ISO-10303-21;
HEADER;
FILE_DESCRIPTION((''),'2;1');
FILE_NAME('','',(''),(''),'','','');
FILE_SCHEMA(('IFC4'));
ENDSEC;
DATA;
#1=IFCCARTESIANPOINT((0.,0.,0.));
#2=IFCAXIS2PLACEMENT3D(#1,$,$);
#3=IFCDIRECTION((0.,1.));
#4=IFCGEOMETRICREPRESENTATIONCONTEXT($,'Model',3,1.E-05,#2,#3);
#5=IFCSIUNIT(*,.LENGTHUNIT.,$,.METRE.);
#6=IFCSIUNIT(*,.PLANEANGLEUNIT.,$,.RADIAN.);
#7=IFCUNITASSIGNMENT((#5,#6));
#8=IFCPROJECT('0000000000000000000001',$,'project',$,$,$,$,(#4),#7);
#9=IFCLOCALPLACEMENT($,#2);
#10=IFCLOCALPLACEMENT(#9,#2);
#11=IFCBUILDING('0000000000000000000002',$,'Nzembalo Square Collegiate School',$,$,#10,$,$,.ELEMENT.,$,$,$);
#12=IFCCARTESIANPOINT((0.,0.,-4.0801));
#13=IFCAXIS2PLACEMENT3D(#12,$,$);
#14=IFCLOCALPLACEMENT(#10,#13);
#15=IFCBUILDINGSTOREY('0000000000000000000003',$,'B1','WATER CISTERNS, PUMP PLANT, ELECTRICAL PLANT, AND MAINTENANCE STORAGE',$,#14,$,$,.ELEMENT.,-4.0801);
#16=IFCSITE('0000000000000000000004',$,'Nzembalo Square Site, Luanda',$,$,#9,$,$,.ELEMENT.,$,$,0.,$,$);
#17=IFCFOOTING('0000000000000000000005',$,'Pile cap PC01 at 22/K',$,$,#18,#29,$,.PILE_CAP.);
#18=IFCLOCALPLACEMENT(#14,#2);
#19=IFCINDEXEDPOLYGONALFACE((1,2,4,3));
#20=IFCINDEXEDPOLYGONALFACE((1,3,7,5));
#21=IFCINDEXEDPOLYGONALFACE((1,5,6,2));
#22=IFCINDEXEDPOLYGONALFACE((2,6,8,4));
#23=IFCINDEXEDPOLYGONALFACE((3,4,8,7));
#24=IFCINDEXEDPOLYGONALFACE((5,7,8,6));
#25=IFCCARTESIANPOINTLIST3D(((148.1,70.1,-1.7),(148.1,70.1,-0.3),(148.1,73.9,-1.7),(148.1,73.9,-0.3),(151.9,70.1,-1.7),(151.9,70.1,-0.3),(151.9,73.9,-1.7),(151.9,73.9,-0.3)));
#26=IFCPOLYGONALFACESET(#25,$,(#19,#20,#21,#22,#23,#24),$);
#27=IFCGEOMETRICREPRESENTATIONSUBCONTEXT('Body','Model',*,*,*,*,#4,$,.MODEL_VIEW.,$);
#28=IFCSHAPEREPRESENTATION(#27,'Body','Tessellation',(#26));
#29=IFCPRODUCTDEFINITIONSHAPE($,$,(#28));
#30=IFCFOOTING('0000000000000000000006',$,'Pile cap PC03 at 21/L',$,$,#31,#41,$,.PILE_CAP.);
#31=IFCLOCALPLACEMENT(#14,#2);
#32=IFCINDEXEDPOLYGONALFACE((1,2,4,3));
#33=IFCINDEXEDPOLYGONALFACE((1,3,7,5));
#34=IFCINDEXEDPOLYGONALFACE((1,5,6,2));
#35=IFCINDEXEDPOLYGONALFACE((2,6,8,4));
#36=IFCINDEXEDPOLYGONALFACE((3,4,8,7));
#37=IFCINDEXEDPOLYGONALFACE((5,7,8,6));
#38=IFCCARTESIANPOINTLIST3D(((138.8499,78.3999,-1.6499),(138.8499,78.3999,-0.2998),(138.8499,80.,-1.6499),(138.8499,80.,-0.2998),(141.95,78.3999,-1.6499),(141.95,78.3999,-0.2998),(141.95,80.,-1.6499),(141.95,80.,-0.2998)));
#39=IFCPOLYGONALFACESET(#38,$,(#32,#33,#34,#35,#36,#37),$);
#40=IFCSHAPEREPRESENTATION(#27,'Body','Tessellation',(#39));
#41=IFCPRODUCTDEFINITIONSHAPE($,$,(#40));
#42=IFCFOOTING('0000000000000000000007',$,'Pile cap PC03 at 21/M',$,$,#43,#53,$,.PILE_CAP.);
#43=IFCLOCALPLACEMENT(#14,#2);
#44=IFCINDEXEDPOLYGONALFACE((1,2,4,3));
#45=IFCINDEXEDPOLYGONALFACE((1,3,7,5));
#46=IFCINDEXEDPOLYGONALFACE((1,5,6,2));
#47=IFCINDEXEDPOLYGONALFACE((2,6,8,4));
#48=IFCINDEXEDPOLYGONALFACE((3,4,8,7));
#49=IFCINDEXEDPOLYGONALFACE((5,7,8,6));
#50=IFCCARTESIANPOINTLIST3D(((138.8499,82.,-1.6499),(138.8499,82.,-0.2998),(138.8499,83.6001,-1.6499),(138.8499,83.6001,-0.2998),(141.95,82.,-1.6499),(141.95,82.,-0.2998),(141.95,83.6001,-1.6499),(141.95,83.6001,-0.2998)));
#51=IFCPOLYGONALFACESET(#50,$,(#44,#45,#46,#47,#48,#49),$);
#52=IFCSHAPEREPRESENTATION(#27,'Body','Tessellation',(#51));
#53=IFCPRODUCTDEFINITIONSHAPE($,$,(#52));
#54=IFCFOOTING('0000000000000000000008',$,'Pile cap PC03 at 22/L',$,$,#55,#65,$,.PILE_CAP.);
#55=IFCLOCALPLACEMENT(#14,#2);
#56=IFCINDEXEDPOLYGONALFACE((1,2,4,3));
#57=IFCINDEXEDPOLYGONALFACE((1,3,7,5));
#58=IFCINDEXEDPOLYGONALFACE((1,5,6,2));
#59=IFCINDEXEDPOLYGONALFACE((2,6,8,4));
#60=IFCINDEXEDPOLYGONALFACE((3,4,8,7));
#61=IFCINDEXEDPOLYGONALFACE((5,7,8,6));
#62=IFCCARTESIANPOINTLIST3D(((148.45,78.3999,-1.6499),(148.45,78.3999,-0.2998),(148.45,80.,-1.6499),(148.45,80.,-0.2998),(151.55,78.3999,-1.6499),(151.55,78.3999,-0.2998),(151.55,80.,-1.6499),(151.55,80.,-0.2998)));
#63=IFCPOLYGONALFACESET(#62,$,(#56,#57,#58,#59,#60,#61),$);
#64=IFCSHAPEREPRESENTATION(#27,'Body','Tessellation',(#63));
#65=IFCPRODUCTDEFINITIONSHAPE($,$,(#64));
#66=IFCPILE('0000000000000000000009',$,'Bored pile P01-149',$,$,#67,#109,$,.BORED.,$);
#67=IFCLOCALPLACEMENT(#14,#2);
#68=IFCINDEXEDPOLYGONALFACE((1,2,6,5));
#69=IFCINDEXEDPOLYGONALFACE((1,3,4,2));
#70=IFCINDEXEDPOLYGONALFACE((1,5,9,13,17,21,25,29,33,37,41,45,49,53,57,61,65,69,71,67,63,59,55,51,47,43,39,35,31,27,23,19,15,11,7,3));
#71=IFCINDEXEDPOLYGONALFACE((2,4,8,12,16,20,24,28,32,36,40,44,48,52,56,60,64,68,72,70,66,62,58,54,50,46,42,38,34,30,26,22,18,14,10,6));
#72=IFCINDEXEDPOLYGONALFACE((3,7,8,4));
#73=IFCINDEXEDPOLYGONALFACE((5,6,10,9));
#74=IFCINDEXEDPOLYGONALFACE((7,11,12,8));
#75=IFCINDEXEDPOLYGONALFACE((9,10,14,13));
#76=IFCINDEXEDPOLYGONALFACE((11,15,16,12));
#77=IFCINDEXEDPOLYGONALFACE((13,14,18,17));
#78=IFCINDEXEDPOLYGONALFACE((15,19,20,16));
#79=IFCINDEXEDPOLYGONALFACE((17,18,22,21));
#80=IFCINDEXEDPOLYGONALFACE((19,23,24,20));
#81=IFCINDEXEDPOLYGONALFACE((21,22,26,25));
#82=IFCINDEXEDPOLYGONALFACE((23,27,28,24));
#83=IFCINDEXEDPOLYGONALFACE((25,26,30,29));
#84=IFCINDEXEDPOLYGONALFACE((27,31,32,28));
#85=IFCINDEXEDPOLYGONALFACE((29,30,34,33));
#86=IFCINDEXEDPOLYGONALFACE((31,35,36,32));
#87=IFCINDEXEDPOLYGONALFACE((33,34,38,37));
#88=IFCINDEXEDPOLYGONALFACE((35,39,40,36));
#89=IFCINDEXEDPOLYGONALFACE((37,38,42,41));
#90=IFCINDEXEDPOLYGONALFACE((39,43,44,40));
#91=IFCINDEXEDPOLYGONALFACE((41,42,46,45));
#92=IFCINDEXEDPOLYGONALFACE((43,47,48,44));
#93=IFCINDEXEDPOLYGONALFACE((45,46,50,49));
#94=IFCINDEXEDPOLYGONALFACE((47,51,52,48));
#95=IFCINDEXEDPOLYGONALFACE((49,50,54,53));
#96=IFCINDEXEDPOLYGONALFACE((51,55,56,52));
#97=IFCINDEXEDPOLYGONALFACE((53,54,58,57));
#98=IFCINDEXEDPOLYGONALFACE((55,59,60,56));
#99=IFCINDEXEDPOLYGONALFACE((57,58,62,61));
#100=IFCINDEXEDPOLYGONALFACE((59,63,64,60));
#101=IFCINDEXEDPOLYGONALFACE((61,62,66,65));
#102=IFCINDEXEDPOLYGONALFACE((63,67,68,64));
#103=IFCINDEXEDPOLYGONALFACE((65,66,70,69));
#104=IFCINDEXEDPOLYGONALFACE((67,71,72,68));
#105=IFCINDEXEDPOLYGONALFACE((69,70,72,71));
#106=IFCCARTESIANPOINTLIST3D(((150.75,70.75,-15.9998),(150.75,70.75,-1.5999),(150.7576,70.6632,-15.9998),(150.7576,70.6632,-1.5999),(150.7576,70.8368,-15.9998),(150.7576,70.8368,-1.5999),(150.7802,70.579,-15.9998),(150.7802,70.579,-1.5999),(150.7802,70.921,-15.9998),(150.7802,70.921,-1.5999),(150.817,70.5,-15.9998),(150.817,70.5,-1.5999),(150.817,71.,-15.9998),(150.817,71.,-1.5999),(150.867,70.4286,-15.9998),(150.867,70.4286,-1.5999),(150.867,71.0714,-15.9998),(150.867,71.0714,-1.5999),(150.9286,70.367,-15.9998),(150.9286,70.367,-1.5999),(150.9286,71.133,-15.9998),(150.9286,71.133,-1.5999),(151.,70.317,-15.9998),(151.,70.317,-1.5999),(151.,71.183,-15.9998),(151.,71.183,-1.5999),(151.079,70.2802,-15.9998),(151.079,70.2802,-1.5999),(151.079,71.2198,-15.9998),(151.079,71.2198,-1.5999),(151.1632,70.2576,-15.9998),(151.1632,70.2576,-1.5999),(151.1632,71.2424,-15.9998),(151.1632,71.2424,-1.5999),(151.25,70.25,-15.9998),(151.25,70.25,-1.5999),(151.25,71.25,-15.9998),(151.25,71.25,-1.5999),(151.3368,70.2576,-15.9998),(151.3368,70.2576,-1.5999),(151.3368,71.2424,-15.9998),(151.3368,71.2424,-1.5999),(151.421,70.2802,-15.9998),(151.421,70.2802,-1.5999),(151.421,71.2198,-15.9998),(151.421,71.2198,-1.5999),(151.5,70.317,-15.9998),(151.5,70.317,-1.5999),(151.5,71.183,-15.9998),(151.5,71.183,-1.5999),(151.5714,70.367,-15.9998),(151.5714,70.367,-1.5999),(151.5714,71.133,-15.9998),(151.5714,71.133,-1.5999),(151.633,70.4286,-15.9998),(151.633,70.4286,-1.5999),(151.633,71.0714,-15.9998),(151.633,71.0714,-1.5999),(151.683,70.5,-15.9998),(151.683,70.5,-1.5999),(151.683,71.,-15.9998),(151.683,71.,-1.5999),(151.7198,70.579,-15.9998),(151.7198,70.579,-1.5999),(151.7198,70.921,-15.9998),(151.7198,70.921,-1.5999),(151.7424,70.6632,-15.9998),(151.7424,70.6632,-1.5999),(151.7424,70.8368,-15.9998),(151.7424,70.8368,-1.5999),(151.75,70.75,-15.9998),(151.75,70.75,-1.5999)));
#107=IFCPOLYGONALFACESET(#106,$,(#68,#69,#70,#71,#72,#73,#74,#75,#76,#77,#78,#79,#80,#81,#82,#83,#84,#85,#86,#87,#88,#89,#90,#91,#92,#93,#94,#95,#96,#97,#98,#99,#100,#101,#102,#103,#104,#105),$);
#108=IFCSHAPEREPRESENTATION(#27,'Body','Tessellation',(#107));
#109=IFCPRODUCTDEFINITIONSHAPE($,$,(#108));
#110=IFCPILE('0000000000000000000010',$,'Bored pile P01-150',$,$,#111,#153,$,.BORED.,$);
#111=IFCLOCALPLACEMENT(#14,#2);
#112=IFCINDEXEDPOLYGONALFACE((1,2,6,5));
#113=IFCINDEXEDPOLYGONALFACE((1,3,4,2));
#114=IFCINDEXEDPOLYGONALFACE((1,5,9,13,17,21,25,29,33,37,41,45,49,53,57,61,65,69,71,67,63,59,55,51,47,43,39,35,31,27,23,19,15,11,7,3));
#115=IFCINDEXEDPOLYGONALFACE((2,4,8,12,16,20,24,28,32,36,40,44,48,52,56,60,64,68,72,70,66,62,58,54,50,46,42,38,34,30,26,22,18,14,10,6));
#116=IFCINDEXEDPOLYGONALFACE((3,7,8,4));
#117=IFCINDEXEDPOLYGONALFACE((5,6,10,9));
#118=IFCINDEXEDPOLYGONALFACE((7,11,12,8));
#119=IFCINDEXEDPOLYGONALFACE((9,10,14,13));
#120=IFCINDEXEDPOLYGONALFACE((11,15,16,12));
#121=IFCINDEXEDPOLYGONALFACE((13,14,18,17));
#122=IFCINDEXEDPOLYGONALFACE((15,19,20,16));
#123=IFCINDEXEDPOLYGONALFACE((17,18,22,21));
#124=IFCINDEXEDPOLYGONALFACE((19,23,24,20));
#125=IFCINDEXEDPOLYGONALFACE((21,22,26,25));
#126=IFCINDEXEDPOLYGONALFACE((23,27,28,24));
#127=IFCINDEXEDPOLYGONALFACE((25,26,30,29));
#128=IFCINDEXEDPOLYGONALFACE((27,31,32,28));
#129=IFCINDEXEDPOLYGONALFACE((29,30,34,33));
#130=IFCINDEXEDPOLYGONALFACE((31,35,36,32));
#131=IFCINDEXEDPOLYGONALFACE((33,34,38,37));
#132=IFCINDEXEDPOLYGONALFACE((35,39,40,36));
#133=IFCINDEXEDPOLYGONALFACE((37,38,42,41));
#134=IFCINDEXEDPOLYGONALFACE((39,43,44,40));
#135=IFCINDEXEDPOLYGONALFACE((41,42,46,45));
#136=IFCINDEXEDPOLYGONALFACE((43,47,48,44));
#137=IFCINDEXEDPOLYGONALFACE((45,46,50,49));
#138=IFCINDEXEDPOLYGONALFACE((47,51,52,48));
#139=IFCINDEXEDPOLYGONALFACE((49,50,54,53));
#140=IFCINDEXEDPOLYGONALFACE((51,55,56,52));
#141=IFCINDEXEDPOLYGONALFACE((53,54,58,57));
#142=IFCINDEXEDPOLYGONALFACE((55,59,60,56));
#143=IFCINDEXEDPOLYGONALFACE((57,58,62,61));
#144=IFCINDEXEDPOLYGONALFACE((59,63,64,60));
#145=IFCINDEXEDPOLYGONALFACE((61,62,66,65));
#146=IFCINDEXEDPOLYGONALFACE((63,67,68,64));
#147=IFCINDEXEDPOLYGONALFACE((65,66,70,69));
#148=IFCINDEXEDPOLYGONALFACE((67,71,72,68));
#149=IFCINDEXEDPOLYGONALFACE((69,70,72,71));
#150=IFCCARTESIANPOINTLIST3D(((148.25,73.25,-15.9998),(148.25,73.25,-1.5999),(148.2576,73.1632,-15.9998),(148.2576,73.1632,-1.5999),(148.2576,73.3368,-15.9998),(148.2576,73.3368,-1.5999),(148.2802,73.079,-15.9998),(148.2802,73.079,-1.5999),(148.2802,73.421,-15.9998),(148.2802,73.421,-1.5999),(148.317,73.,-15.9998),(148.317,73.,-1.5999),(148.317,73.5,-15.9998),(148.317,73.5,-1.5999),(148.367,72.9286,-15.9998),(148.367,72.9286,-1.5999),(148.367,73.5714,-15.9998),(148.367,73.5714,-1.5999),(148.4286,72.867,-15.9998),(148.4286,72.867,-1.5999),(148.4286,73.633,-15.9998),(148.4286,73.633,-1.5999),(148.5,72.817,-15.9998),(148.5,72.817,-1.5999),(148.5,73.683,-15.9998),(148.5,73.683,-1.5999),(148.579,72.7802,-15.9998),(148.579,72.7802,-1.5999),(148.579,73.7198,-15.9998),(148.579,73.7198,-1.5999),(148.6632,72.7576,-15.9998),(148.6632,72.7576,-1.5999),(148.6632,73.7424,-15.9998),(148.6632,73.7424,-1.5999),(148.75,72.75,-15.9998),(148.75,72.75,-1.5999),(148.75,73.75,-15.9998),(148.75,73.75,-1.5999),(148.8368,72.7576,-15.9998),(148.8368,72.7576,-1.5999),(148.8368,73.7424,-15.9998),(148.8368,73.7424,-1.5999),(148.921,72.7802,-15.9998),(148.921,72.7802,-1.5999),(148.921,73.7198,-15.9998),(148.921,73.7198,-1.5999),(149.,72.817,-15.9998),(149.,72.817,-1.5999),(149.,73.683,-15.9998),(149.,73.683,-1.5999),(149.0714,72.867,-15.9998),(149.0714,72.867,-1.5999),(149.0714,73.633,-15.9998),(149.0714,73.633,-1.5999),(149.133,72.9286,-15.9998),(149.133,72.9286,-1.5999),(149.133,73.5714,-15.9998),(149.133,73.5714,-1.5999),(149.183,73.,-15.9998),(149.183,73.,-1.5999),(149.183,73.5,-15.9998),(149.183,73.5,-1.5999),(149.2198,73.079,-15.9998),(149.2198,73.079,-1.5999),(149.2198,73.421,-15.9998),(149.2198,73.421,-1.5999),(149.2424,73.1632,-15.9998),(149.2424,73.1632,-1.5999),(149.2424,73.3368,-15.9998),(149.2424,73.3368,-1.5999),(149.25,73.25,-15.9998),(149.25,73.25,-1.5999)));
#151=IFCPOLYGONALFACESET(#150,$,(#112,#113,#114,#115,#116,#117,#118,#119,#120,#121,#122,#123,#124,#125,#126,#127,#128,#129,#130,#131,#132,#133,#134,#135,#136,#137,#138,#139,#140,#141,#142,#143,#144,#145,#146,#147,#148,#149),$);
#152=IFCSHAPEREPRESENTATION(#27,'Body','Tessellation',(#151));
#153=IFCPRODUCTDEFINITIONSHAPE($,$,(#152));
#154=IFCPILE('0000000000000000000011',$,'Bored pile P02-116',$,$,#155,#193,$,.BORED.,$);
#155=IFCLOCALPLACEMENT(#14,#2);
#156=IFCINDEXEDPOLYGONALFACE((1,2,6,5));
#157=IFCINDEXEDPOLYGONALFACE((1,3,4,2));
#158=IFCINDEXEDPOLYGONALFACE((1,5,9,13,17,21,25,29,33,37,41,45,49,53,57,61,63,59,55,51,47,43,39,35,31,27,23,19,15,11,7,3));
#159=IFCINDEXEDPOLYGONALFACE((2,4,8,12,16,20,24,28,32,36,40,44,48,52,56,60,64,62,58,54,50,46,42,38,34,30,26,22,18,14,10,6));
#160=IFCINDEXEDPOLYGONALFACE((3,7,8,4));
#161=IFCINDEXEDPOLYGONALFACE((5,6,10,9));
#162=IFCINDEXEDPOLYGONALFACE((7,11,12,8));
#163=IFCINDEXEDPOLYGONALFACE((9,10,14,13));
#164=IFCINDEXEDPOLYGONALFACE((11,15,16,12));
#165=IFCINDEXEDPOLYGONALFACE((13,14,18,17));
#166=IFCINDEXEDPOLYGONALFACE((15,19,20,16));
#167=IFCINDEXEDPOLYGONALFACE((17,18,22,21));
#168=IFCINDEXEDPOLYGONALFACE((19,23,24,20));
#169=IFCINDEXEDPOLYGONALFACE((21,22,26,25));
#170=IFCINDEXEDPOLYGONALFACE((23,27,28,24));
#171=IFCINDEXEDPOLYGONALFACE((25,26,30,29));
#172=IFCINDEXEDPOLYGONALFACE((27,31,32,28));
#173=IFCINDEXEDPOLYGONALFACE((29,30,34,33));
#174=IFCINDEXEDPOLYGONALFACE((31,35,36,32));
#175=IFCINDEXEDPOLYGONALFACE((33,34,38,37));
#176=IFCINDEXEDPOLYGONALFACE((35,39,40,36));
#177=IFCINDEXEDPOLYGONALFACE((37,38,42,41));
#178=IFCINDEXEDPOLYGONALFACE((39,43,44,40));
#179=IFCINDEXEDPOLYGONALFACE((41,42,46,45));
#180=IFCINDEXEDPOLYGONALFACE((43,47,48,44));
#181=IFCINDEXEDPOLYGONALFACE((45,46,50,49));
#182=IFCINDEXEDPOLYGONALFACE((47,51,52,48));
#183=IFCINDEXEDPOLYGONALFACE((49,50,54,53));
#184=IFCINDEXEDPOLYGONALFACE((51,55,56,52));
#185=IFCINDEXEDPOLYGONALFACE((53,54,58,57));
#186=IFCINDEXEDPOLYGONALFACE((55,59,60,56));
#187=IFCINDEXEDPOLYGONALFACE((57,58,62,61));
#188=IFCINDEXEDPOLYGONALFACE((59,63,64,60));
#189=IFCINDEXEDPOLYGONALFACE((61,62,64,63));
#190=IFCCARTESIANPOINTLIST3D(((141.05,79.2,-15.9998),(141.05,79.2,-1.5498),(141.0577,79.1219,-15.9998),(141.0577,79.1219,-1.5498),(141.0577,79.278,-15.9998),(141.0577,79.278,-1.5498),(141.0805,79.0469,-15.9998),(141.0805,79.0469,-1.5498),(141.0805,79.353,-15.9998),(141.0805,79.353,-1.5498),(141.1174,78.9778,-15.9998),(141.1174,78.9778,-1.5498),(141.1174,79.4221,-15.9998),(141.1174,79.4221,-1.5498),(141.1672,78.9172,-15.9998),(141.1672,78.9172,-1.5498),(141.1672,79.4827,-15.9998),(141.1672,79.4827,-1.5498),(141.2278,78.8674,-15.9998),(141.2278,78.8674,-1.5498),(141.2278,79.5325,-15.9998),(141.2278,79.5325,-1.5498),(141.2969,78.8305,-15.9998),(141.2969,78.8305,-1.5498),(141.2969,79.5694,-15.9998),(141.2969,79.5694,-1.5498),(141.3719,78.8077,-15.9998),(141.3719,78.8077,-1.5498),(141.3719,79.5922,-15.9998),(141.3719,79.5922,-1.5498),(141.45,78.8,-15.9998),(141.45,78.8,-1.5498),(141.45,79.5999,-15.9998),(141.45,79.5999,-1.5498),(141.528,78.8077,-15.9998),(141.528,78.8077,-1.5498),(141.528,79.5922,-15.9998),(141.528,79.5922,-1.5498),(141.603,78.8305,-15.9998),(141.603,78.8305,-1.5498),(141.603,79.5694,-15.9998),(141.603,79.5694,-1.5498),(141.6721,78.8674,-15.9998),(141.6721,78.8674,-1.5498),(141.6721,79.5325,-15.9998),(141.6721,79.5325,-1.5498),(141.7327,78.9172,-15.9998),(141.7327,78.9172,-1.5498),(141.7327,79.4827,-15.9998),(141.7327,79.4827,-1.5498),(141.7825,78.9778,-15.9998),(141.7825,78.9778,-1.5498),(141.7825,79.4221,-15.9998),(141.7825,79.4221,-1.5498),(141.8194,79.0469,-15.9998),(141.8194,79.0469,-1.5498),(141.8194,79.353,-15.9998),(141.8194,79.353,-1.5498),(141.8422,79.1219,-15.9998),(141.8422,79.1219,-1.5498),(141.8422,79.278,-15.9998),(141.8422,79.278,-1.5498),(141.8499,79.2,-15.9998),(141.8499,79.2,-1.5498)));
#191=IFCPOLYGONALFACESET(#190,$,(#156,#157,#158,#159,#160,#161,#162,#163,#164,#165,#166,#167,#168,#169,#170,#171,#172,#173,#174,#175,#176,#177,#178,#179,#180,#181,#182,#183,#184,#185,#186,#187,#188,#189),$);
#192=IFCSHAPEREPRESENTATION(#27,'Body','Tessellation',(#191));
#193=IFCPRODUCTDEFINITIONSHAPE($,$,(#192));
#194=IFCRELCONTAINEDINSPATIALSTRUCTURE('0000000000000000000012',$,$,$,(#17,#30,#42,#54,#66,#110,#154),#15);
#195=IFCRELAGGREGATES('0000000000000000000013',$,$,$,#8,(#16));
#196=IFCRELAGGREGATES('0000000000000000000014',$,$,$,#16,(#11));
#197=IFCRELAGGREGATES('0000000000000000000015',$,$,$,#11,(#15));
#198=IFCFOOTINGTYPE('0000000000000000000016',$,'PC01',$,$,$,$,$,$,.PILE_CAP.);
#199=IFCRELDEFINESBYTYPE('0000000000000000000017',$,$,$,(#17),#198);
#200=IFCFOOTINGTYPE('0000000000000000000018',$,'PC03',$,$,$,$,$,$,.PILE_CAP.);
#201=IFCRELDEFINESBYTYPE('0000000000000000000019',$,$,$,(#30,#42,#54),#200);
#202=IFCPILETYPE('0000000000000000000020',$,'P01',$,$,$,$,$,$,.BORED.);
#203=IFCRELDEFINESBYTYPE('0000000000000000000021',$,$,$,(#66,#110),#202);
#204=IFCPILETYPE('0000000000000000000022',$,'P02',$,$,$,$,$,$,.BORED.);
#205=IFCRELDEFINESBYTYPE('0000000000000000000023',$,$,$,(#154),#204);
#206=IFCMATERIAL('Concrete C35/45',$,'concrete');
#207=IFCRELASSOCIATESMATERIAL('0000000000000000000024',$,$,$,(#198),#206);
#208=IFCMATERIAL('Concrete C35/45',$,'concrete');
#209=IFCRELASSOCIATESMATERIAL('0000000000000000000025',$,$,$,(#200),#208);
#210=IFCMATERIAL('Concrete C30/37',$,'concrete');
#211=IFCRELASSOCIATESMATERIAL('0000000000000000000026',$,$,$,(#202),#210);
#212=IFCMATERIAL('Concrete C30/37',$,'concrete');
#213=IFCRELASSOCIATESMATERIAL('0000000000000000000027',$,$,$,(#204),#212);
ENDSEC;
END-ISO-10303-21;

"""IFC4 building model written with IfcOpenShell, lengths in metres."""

from ifc_helpers import new_model, si_unit, direction, frame, origin, origin_2d, place, context, subcontext, project, spatial, rectangle, circle, extrude, material, material_profile, profile_set, type_object, element, save


model = new_model("IFC4")

# Units and contexts
model_context = context("Model", 3, precision=1e-05, world=origin(), true_north=direction((0.0, 1.0)))
body_context = subcontext(model_context, "Body", "Model", "MODEL_VIEW")
ifc_project = project(units=[si_unit("LENGTHUNIT", "METRE"), si_unit("PLANEANGLEUNIT", "RADIAN")], contexts=[model_context])

# Site, building, storey
site_placement = place(None, origin())
site = spatial("IfcSite", under=ifc_project, at=site_placement, Name="Nzembalo Square Site, Luanda", CompositionType="ELEMENT", RefElevation=0.0)
building_placement = place(site_placement, origin())
building = spatial("IfcBuilding", under=site, at=building_placement, Name="Nzembalo Square Collegiate School", CompositionType="ELEMENT")
storey_placement = place(building_placement, frame((0.0, 0.0, -4.0801)))
storey = spatial("IfcBuildingStorey", under=building, at=storey_placement, Name="B1", Description="WATER CISTERNS, PUMP PLANT, ELECTRICAL PLANT, AND MAINTENANCE STORAGE", CompositionType="ELEMENT", Elevation=-4.0801)

# Footings
ifc_material_1 = material(Name="Concrete C35/45", Category="concrete")
footing_type_1 = type_object("IfcFootingType", Name="PC01", PredefinedType="PILE_CAP", material=ifc_material_1)
footing_placement = place(storey_placement, frame((150.0, 72.0, -1.7), z_axis=(0.0, 0.0, 1.0), x_axis=(1.0, 0.0, 0.0)))
element("IfcFooting", 1, at=footing_placement, inside=storey, type_object=footing_type_1, Name="Pile cap PC01 at 22/K", PredefinedType="PILE_CAP", context=body_context, shape_type="SweptSolid", body=[
    extrude(rectangle(XDim=3.8, YDim=3.8, at=origin_2d()), origin(), (0.0, 0.0, 1.0), 1.3999),
])
ifc_material_2 = material(Name="Concrete C35/45", Category="concrete")
footing_type_2 = type_object("IfcFootingType", Name="PC03", PredefinedType="PILE_CAP", material=ifc_material_2)
for number, where, z_axis, x_axis, name in (
    (2, (140.3999, 79.2, -1.6499), (0.0, 0.0, 1.0), (1.0, 0.0, 0.0), "Pile cap PC03 at 21/L"),
    (3, (140.3999, 82.8, -1.6499), (0.0, 0.0, 1.0), (1.0, 0.0, 0.0), "Pile cap PC03 at 21/M"),
    (4, (150.0, 79.2, -1.6499), (0.0, 0.0, 1.0), (1.0, 0.0, 0.0), "Pile cap PC03 at 22/L"),
):
    element("IfcFooting", number, at=place(storey_placement, frame(where, z_axis=z_axis, x_axis=x_axis)), inside=storey, type_object=footing_type_2, Name=name, PredefinedType="PILE_CAP", context=body_context, shape_type="SweptSolid", body=[
        extrude(rectangle(XDim=3.1001, YDim=1.6001, at=origin_2d()), origin(), (0.0, 0.0, 1.0), 1.3501),
    ])

# Piles
ifc_material_3 = material(Name="Concrete C30/37", Category="concrete")
ifc_material_profile_1 = material_profile(ifc_material_3, circle(Radius=0.5, at=origin_2d()), Name="PILE D1000")
ifc_profile_set_1 = profile_set([ifc_material_profile_1], Name="Concrete C30/37")
pile_type_1 = type_object("IfcPileType", Name="P01", PredefinedType="BORED", material=ifc_profile_set_1)
for number, where, z_axis, x_axis, name in (
    (5, (151.25, 70.75, -1.5999), (0.0, 0.0, -1.0), (1.0, 0.0, 0.0), "Bored pile P01-149"),
    (6, (148.75, 73.25, -1.5999), (0.0, 0.0, -1.0), (1.0, 0.0, 0.0), "Bored pile P01-150"),
):
    element("IfcPile", number, at=place(storey_placement, frame(where, z_axis=z_axis, x_axis=x_axis)), inside=storey, type_object=pile_type_1, Name=name, PredefinedType="BORED", context=body_context, shape_type="SweptSolid", body=[
        extrude(circle(Radius=0.5, at=origin_2d()), origin(), (0.0, 0.0, 1.0), 14.3999),
    ])
ifc_material_4 = material(Name="Concrete C30/37", Category="concrete")
ifc_material_profile_2 = material_profile(ifc_material_4, circle(Radius=0.3999, at=origin_2d()), Name="PILE D800")
ifc_profile_set_2 = profile_set([ifc_material_profile_2], Name="Concrete C30/37")
pile_type_2 = type_object("IfcPileType", Name="P02", PredefinedType="BORED", material=ifc_profile_set_2)
for number, where, z_axis, x_axis, name in (
    (7, (141.45, 79.2, -1.5498), (0.0, 0.0, -1.0), (1.0, 0.0, 0.0), "Bored pile P02-116"),
):
    element("IfcPile", number, at=place(storey_placement, frame(where, z_axis=z_axis, x_axis=x_axis)), inside=storey, type_object=pile_type_2, Name=name, PredefinedType="BORED", context=body_context, shape_type="SweptSolid", body=[
        extrude(circle(Radius=0.3999, at=origin_2d()), origin(), (0.0, 0.0, 1.0), 14.45),
    ])

save(model, "model.ifc")
